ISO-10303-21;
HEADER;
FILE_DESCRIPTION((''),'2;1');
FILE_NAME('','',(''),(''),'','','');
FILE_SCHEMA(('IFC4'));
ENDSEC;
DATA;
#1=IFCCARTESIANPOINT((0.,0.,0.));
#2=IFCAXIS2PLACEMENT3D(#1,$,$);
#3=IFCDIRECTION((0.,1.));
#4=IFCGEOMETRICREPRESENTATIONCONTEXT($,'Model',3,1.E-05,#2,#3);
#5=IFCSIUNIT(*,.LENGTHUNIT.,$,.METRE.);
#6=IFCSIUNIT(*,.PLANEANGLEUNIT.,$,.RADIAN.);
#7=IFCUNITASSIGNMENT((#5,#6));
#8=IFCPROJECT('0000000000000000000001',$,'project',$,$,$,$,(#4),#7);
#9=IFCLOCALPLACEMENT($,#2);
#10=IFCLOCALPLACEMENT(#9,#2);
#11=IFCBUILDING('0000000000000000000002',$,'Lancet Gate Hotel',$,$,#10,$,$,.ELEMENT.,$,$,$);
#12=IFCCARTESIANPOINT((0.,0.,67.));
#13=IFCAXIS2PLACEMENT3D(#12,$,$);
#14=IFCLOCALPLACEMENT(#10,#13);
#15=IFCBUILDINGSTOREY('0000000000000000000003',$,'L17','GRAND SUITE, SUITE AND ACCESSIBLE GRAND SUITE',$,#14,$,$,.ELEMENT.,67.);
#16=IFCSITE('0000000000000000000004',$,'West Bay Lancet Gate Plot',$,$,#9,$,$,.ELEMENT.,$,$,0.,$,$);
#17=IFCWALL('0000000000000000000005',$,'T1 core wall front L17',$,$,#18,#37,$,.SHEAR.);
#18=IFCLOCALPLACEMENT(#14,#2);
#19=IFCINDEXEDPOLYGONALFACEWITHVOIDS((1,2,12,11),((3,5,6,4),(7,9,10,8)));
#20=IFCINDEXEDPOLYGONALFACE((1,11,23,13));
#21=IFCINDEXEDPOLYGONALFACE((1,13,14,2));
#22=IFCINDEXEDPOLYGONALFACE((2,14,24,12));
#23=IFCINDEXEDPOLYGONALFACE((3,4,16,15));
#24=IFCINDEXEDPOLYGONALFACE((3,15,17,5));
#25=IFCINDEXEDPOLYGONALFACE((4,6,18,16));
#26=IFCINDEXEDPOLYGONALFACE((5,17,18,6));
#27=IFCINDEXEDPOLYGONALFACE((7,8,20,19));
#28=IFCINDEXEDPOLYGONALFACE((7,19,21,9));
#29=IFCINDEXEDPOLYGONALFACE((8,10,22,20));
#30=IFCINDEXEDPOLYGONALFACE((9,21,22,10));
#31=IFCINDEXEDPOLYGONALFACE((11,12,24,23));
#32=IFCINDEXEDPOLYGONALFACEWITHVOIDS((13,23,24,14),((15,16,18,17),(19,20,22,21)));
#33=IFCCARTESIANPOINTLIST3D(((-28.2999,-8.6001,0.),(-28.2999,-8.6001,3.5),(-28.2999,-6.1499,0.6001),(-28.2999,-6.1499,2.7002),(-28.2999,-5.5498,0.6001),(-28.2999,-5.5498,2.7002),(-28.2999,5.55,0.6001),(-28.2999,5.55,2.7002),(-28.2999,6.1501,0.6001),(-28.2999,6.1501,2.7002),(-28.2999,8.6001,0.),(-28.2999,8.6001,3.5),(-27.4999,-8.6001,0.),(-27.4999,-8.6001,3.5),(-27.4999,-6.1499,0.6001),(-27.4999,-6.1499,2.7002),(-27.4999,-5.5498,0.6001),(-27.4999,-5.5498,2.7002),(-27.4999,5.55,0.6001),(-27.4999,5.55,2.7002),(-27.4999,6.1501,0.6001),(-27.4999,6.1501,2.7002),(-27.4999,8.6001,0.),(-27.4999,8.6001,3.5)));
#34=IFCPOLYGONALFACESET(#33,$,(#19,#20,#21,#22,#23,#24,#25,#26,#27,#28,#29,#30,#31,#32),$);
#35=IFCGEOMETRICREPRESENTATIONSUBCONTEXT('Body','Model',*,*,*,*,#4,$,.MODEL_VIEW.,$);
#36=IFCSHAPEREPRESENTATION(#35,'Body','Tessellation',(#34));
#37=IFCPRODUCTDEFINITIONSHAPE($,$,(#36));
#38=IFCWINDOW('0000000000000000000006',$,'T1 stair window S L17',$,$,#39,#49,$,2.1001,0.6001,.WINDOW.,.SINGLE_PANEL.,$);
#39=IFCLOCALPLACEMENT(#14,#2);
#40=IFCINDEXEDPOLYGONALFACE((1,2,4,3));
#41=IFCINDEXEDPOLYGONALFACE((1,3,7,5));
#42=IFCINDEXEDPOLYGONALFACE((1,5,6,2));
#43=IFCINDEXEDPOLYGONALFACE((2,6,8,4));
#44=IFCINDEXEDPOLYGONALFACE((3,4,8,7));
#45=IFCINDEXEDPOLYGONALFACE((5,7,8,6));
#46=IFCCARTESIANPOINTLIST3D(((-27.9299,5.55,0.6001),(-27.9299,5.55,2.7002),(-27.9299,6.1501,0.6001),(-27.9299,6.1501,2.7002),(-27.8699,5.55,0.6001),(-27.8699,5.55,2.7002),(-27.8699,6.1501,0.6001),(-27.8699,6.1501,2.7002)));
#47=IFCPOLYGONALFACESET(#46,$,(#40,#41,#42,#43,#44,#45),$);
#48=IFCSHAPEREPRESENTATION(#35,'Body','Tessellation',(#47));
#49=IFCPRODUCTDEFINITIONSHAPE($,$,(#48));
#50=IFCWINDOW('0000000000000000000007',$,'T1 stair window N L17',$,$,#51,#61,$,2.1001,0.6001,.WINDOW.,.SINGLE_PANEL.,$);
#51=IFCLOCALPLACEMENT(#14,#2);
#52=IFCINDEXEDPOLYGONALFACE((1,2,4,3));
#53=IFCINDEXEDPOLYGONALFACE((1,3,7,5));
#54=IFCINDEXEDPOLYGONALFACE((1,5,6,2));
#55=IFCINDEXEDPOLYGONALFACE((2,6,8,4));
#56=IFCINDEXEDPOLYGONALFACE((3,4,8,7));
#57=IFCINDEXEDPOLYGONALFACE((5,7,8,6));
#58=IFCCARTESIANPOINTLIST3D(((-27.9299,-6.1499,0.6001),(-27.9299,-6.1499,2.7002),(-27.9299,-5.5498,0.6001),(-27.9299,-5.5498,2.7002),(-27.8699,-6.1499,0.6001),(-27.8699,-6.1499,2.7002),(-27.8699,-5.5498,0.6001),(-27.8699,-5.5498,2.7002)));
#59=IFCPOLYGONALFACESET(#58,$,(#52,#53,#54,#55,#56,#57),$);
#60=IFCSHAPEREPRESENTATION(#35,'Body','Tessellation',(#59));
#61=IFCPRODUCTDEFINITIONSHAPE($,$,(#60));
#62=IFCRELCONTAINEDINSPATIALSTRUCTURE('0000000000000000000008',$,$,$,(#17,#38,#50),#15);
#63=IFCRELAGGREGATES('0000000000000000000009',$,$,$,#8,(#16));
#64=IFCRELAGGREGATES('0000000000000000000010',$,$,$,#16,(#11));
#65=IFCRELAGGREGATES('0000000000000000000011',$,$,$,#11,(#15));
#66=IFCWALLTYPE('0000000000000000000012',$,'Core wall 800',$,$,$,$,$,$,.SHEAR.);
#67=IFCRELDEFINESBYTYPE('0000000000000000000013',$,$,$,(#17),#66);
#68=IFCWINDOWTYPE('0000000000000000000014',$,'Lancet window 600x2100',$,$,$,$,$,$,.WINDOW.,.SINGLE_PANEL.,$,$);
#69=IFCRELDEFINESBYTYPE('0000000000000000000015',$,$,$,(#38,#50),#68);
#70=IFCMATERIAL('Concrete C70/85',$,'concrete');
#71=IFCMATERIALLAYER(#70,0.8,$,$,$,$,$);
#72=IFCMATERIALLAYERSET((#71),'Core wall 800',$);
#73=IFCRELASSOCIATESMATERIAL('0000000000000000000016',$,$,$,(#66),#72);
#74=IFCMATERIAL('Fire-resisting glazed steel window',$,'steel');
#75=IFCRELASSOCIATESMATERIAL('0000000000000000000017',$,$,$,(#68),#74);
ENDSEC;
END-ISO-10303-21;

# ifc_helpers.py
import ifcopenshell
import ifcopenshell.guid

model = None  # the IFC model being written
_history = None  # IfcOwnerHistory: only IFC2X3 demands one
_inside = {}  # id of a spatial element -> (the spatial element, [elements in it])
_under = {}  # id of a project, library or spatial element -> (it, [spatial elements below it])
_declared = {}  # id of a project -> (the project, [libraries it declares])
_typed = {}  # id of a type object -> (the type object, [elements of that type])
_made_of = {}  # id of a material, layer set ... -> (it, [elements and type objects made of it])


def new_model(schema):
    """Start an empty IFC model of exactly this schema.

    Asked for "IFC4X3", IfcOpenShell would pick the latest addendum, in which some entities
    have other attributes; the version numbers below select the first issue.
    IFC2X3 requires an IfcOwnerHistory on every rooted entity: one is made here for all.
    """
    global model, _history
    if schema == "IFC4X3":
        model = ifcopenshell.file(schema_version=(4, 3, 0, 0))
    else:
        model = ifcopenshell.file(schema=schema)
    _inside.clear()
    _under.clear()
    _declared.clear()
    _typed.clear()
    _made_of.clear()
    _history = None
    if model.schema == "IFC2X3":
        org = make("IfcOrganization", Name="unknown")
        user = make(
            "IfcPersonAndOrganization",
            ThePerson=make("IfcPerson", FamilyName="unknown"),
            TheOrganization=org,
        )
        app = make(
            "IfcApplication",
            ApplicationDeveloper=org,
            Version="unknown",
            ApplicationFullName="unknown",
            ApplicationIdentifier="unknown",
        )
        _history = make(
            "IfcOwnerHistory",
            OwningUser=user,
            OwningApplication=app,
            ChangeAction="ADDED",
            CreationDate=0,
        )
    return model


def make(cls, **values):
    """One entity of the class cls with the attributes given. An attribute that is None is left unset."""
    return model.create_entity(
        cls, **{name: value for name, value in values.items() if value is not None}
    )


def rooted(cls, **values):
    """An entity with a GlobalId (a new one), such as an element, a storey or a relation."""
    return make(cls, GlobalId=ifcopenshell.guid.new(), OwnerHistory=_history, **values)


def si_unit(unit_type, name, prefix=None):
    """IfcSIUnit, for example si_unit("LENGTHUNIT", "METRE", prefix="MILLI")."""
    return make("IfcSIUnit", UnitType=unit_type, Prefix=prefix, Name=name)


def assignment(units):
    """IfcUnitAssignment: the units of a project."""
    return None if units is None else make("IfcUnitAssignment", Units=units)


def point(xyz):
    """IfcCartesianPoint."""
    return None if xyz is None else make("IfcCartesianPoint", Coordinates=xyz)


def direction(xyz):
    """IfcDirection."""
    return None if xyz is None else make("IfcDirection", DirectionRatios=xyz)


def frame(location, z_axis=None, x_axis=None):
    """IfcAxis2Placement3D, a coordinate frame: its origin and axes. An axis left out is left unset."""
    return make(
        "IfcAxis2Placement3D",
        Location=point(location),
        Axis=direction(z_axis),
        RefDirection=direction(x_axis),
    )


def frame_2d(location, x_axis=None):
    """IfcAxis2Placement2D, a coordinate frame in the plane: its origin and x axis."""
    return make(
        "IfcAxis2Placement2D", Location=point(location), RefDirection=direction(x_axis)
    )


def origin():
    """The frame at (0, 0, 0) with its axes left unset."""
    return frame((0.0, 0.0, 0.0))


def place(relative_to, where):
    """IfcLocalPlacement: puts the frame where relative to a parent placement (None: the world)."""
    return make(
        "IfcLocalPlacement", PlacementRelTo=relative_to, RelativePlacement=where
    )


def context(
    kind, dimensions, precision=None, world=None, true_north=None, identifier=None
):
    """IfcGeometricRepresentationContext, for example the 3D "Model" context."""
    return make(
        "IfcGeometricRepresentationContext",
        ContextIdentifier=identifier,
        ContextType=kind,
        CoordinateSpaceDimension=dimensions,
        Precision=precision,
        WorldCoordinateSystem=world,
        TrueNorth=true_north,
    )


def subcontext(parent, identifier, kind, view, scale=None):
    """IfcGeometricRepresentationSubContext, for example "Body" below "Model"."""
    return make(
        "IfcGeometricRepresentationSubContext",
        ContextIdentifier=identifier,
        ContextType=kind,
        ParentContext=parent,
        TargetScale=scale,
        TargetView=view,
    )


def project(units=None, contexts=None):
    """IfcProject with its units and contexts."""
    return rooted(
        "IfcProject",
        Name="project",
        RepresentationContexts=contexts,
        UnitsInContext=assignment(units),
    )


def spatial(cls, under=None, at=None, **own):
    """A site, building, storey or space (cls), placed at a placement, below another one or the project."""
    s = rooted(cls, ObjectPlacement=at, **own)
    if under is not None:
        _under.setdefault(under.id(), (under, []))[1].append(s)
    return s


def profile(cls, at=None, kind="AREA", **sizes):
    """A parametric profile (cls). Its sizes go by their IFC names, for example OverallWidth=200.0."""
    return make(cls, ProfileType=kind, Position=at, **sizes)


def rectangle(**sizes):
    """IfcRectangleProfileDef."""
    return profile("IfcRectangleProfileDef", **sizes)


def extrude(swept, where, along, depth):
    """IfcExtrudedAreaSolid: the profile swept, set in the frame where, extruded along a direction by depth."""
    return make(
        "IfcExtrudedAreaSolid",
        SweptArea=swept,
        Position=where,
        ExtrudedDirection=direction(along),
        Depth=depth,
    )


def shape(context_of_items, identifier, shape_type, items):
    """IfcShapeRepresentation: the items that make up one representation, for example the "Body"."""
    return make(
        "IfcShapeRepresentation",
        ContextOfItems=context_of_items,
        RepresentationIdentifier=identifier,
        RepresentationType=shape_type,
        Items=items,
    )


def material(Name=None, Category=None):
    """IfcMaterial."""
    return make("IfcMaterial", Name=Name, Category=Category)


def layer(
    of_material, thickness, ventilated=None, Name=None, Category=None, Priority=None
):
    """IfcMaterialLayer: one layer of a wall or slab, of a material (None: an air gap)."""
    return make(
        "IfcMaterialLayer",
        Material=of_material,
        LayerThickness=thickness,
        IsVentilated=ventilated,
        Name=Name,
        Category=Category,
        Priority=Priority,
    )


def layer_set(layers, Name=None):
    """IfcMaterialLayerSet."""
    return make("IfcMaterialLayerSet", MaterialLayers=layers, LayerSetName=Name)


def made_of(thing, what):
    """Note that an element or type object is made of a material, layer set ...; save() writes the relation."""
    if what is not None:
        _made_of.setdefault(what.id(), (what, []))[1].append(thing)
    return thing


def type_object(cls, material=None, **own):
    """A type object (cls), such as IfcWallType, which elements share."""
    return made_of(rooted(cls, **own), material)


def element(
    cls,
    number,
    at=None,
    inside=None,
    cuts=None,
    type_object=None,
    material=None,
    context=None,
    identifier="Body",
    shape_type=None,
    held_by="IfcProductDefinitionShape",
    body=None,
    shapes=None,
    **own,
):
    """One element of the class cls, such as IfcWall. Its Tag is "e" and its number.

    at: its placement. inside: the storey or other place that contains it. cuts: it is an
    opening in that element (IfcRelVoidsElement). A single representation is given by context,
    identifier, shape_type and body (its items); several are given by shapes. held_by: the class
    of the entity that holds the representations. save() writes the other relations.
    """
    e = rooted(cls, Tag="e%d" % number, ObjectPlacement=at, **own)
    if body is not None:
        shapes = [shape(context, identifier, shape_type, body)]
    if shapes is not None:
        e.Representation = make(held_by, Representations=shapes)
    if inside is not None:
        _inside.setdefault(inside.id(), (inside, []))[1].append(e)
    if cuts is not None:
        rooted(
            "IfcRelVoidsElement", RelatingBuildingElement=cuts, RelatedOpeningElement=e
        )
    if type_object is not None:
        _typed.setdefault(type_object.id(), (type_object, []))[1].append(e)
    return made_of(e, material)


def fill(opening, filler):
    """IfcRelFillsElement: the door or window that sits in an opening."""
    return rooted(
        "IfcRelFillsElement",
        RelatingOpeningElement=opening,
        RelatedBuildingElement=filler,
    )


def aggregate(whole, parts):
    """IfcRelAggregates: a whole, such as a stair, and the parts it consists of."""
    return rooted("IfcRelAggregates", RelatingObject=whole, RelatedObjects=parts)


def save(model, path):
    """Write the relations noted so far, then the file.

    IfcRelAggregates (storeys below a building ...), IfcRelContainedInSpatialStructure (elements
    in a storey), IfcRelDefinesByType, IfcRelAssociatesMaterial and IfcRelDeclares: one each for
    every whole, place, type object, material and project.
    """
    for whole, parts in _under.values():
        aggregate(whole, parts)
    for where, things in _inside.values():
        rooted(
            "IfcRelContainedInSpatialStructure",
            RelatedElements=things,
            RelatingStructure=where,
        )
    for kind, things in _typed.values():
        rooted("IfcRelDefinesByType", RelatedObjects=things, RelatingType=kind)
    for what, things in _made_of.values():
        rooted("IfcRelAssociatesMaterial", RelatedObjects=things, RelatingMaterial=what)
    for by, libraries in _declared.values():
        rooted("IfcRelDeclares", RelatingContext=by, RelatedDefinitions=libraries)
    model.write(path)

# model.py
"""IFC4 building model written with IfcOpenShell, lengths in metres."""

from ifc_helpers import new_model, si_unit, direction, frame, frame_2d, origin, place, context, subcontext, project, spatial, rectangle, extrude, material, layer, layer_set, type_object, element, fill, save


model = new_model("IFC4")

# Units and contexts
model_context = context("Model", 3, precision=1e-05, world=origin(), true_north=direction((0.0, 1.0)))
body_context = subcontext(model_context, "Body", "Model", "MODEL_VIEW")
ifc_project = project(units=[si_unit("LENGTHUNIT", "METRE"), si_unit("PLANEANGLEUNIT", "RADIAN")], contexts=[model_context])

# Site, building, storey
site_placement = place(None, origin())
site = spatial("IfcSite", under=ifc_project, at=site_placement, Name="West Bay Lancet Gate Plot", CompositionType="ELEMENT", RefElevation=0.0)
building_placement = place(site_placement, origin())
building = spatial("IfcBuilding", under=site, at=building_placement, Name="Lancet Gate Hotel", CompositionType="ELEMENT")
storey_placement = place(building_placement, frame((0.0, 0.0, 67.0)))
storey = spatial("IfcBuildingStorey", under=building, at=storey_placement, Name="L17", Description="GRAND SUITE, SUITE AND ACCESSIBLE GRAND SUITE", CompositionType="ELEMENT", Elevation=67.0)

# Wall, openings, windows
ifc_material_1 = material(Name="Concrete C70/85", Category="concrete")
ifc_layer_1 = layer(ifc_material_1, 0.8)
ifc_layer_set_1 = layer_set([ifc_layer_1], Name="Core wall 800")
wall_type = type_object("IfcWallType", Name="Core wall 800", PredefinedType="SHEAR", material=ifc_layer_set_1)
wall_placement = place(storey_placement, frame((-27.8999, 8.6001, 0.0), z_axis=(0.0, 0.0, 1.0), x_axis=(0.0, -1.0, 0.0)))
wall = element("IfcWall", 1, at=wall_placement, inside=storey, type_object=wall_type, Name="T1 core wall front L17", PredefinedType="SHEAR", context=body_context, shape_type="SweptSolid", body=[
    extrude(rectangle(XDim=17.2002, YDim=0.8, at=frame_2d((8.6001, 0.0))), origin(), (0.0, 0.0, 1.0), 3.5),
])
opening_1_placement = place(wall_placement, frame((2.45, 0.0, 0.6001)))
opening_1 = element("IfcOpeningElement", 2, at=opening_1_placement, cuts=wall, PredefinedType="OPENING", context=body_context, shape_type="SweptSolid", body=[
    extrude(rectangle(XDim=0.6001, YDim=2.1001, at=frame_2d((0.3, 1.05))), frame((0.0, 0.4099, 0.0), z_axis=(0.0, -1.0, 0.0), x_axis=(1.0, 0.0, 0.0)), (0.0, 0.0, 1.0), 0.8201),
])
opening_2_placement = place(wall_placement, frame((14.1499, 0.0, 0.6001)))
opening_2 = element("IfcOpeningElement", 3, at=opening_2_placement, cuts=wall, PredefinedType="OPENING", context=body_context, shape_type="SweptSolid", body=[
    extrude(rectangle(XDim=0.6001, YDim=2.1001, at=frame_2d((0.3, 1.05))), frame((0.0, 0.4099, 0.0), z_axis=(0.0, -1.0, 0.0), x_axis=(1.0, 0.0, 0.0)), (0.0, 0.0, 1.0), 0.8201),
])
ifc_material_2 = material(Name="Fire-resisting glazed steel window", Category="steel")
window_type = type_object("IfcWindowType", Name="Lancet window 600x2100", PartitioningType="SINGLE_PANEL", PredefinedType="WINDOW", material=ifc_material_2)
window_1_placement = place(opening_1_placement, origin())
window_1 = element("IfcWindow", 4, at=window_1_placement, inside=storey, type_object=window_type, Name="T1 stair window S L17", OverallHeight=2.1001, OverallWidth=0.6001, PartitioningType="SINGLE_PANEL", PredefinedType="WINDOW", context=body_context, shape_type="SweptSolid", body=[
    extrude(rectangle(XDim=0.6001, YDim=2.1001, at=frame_2d((0.3, 1.05))), frame((0.0, 0.03, 0.0), z_axis=(0.0, -1.0, 0.0), x_axis=(1.0, 0.0, 0.0)), (0.0, 0.0, 1.0), 0.0601),
])
fill(opening_1, window_1)
window_2_placement = place(opening_2_placement, origin())
window_2 = element("IfcWindow", 5, at=window_2_placement, inside=storey, type_object=window_type, Name="T1 stair window N L17", OverallHeight=2.1001, OverallWidth=0.6001, PartitioningType="SINGLE_PANEL", PredefinedType="WINDOW", context=body_context, shape_type="SweptSolid", body=[
    extrude(rectangle(XDim=0.6001, YDim=2.1001, at=frame_2d((0.3, 1.05))), frame((0.0, 0.03, 0.0), z_axis=(0.0, -1.0, 0.0), x_axis=(1.0, 0.0, 0.0)), (0.0, 0.0, 1.0), 0.0601),
])
fill(opening_2, window_2)

save(model, "model.ifc")
